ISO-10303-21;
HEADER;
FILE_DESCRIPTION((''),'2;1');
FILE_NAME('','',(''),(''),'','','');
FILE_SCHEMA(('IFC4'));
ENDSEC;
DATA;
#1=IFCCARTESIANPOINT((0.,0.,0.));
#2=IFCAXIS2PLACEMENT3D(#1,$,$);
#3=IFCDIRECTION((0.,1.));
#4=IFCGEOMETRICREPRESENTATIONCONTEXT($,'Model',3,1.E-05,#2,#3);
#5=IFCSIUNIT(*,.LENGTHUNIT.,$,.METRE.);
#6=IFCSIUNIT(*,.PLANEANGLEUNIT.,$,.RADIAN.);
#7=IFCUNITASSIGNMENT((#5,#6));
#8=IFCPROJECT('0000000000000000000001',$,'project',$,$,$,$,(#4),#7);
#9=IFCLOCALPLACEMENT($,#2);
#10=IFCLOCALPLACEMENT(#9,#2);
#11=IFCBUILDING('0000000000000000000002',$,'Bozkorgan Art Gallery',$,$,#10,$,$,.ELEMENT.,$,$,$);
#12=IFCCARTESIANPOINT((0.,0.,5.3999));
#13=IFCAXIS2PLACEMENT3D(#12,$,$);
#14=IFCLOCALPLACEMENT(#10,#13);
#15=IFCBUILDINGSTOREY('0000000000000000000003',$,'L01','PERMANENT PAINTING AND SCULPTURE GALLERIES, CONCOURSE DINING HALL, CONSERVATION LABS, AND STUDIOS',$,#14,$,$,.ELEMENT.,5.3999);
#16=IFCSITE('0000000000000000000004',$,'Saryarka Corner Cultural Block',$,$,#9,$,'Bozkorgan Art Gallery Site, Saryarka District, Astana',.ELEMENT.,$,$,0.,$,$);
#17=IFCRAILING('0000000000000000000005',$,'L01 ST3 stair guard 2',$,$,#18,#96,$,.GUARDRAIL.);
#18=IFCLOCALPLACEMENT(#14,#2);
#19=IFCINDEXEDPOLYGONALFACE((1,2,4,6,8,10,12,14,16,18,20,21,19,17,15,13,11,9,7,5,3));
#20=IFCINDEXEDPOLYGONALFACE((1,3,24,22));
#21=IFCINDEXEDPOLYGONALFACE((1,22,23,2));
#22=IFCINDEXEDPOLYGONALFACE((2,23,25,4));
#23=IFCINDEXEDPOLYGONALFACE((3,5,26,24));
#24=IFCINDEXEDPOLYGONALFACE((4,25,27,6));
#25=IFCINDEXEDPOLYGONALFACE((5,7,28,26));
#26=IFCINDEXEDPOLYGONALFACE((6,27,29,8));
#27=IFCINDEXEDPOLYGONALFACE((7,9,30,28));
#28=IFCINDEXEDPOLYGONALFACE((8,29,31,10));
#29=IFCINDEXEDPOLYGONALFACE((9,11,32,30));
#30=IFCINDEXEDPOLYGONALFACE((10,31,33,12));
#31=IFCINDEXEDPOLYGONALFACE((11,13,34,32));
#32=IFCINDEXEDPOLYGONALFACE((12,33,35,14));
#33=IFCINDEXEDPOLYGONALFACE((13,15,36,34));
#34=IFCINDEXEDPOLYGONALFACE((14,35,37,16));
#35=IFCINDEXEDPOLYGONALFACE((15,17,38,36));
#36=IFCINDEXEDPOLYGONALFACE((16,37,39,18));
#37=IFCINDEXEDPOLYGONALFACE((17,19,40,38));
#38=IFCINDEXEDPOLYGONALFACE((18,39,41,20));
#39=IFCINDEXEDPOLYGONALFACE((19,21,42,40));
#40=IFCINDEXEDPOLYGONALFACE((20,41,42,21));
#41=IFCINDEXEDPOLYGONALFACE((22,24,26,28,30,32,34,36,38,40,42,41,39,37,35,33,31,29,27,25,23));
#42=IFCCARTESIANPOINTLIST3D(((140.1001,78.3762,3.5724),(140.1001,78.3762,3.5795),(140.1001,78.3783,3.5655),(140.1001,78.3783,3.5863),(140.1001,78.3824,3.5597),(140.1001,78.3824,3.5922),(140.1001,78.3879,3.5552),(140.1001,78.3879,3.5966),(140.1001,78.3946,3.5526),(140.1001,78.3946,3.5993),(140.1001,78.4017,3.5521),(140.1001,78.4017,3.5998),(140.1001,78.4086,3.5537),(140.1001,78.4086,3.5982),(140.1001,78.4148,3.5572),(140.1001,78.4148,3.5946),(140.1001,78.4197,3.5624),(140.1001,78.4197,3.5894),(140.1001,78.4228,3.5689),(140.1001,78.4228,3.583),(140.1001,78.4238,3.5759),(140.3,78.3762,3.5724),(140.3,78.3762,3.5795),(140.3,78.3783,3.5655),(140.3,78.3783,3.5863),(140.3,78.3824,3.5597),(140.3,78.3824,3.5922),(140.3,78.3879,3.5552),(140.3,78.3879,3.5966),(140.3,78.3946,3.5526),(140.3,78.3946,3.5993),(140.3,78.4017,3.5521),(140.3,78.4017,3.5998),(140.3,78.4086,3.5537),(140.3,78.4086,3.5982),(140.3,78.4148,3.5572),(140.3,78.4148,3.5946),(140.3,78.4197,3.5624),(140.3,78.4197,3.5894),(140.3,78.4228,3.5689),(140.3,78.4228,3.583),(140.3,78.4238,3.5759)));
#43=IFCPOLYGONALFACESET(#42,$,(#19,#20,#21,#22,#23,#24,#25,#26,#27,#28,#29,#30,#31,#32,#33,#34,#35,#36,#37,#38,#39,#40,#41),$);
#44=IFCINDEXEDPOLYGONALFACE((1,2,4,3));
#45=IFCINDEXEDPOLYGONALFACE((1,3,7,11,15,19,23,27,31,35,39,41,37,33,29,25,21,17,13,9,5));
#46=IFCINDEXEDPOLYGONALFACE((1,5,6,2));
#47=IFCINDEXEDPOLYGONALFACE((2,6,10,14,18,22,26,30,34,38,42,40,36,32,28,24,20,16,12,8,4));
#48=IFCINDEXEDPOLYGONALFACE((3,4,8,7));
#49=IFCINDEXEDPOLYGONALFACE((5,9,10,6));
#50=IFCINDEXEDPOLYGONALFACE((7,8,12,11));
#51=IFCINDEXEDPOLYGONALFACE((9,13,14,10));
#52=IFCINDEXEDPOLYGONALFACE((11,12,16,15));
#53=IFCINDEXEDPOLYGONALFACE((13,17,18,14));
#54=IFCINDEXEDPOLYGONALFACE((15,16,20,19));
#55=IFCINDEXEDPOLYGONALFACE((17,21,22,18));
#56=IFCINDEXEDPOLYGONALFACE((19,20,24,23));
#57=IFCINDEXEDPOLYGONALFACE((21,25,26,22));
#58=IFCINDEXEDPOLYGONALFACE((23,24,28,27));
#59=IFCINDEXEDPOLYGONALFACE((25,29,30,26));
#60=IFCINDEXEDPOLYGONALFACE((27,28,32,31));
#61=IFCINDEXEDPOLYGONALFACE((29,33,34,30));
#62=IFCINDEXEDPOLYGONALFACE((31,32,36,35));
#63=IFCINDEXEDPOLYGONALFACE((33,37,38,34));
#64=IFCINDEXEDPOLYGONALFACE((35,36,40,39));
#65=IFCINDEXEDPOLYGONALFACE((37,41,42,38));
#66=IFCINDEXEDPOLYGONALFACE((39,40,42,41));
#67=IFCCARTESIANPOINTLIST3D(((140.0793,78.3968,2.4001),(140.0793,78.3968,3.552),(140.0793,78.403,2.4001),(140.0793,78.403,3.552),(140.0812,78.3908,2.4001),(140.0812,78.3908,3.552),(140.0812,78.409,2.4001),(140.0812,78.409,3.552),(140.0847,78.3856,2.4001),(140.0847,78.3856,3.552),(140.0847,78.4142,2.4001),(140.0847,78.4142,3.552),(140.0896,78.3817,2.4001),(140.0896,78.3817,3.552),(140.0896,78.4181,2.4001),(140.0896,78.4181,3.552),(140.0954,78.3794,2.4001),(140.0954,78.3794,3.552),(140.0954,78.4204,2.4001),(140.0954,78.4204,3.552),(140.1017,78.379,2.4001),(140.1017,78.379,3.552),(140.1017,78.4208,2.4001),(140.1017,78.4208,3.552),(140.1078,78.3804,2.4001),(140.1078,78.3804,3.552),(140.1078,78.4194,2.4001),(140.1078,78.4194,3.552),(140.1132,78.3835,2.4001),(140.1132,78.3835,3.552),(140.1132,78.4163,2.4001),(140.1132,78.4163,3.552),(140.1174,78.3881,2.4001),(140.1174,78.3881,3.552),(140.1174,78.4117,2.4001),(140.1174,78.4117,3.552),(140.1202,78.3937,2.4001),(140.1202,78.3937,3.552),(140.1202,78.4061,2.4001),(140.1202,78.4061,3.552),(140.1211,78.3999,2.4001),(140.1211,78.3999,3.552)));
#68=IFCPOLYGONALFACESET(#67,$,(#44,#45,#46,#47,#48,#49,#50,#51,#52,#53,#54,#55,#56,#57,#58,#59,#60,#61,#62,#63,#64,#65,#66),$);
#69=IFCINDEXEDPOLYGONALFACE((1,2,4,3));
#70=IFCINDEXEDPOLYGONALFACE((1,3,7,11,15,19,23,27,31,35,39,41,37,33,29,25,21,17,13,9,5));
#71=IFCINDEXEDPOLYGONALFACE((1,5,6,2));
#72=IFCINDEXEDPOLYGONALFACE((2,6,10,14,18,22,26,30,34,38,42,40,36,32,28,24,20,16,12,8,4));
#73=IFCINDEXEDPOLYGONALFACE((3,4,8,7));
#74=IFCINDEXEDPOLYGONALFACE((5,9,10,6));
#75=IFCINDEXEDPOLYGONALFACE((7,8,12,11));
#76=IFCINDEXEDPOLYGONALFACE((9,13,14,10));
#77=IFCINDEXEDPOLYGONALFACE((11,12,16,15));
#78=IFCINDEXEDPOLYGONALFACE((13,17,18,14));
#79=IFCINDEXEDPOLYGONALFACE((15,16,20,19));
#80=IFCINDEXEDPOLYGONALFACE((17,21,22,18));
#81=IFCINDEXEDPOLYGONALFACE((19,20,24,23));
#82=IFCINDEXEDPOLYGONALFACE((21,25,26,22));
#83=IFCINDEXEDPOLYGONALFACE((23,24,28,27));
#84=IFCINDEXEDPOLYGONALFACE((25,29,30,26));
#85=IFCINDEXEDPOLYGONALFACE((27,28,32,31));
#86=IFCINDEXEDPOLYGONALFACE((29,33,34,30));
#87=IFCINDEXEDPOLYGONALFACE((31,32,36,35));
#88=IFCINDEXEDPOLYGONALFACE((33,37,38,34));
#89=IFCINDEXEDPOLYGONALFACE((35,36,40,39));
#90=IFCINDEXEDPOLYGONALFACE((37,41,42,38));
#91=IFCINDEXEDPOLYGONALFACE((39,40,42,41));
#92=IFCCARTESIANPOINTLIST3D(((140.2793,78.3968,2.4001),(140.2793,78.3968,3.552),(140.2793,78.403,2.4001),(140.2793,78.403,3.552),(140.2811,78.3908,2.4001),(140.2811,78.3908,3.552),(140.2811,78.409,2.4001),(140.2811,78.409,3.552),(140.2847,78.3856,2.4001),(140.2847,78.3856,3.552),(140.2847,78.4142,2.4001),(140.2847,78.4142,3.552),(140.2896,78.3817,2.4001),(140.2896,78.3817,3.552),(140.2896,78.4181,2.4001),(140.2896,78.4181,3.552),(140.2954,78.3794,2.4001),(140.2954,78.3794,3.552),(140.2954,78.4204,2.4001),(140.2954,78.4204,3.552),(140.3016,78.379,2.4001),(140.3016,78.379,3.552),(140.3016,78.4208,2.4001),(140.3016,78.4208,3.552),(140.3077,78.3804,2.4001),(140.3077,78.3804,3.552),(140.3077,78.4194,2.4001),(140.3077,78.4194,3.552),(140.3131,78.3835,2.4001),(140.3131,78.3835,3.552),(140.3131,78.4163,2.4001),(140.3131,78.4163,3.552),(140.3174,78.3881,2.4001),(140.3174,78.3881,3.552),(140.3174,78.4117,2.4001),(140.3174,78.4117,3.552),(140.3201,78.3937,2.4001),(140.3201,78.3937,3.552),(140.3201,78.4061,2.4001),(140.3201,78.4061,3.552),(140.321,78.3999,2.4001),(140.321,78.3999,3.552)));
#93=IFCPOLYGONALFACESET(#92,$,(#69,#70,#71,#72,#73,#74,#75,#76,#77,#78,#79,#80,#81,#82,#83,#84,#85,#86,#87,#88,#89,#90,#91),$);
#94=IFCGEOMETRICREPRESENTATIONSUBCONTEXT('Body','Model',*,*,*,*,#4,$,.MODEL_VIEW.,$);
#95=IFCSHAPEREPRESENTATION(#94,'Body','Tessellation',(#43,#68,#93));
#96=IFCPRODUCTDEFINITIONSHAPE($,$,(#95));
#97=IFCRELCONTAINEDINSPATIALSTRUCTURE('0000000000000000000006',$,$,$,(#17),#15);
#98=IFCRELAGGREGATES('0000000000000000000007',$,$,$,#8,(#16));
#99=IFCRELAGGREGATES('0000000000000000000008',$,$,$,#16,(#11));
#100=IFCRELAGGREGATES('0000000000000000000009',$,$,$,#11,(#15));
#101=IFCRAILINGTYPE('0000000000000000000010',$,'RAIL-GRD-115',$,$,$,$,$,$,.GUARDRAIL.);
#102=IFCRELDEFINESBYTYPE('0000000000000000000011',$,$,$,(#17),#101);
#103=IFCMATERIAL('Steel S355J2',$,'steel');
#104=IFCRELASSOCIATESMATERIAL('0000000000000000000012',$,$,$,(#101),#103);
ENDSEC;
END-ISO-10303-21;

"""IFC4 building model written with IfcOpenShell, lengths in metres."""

from ifc_helpers import new_model, si_unit, direction, frame, origin, origin_2d, place, context, subcontext, project, spatial, circle, extrude, material, type_object, element, save


model = new_model("IFC4")

# Units and contexts
model_context = context("Model", 3, precision=1e-05, world=origin(), true_north=direction((0.0, 1.0)))
body_context = subcontext(model_context, "Body", "Model", "MODEL_VIEW")
ifc_project = project(units=[si_unit("LENGTHUNIT", "METRE"), si_unit("PLANEANGLEUNIT", "RADIAN")], contexts=[model_context])

# Site, building, storey
site_placement = place(None, origin())
site = spatial("IfcSite", under=ifc_project, at=site_placement, Name="Saryarka Corner Cultural Block", LongName="Bozkorgan Art Gallery Site, Saryarka District, Astana", CompositionType="ELEMENT", RefElevation=0.0)
building_placement = place(site_placement, origin())
building = spatial("IfcBuilding", under=site, at=building_placement, Name="Bozkorgan Art Gallery", CompositionType="ELEMENT")
storey_placement = place(building_placement, frame((0.0, 0.0, 5.3999)))
storey = spatial("IfcBuildingStorey", under=building, at=storey_placement, Name="L01", Description="PERMANENT PAINTING AND SCULPTURE GALLERIES, CONCOURSE DINING HALL, CONSERVATION LABS, AND STUDIOS", CompositionType="ELEMENT", Elevation=5.3999)

# Shared definitions
ifc_material_1 = material(Name="Steel S355J2", Category="steel")

# Railing
railing_type_1 = type_object("IfcRailingType", Name="RAIL-GRD-115", PredefinedType="GUARDRAIL", material=ifc_material_1)
railing_1_placement = place(storey_placement, frame((140.1001, 78.3999, 2.4001)))
element("IfcRailing", 1, at=railing_1_placement, inside=storey, type_object=railing_type_1, Name="L01 ST3 stair guard 2", PredefinedType="GUARDRAIL", context=body_context, shape_type="SweptSolid", body=[
    extrude(circle(Radius=0.0239, at=origin_2d()), frame((0.0, 0.0, 1.1758), z_axis=(1.0, 0.0, 0.0), x_axis=(0.0, 1.0, 0.0)), (0.0, 0.0, 1.0), 0.2),
    extrude(circle(Radius=0.021, at=origin_2d()), origin(), (0.0, 0.0, 1.0), 1.1519),
    extrude(circle(Radius=0.021, at=origin_2d()), frame((0.2, 0.0, 0.0)), (0.0, 0.0, 1.0), 1.1519),
])

save(model, "model.ifc")
